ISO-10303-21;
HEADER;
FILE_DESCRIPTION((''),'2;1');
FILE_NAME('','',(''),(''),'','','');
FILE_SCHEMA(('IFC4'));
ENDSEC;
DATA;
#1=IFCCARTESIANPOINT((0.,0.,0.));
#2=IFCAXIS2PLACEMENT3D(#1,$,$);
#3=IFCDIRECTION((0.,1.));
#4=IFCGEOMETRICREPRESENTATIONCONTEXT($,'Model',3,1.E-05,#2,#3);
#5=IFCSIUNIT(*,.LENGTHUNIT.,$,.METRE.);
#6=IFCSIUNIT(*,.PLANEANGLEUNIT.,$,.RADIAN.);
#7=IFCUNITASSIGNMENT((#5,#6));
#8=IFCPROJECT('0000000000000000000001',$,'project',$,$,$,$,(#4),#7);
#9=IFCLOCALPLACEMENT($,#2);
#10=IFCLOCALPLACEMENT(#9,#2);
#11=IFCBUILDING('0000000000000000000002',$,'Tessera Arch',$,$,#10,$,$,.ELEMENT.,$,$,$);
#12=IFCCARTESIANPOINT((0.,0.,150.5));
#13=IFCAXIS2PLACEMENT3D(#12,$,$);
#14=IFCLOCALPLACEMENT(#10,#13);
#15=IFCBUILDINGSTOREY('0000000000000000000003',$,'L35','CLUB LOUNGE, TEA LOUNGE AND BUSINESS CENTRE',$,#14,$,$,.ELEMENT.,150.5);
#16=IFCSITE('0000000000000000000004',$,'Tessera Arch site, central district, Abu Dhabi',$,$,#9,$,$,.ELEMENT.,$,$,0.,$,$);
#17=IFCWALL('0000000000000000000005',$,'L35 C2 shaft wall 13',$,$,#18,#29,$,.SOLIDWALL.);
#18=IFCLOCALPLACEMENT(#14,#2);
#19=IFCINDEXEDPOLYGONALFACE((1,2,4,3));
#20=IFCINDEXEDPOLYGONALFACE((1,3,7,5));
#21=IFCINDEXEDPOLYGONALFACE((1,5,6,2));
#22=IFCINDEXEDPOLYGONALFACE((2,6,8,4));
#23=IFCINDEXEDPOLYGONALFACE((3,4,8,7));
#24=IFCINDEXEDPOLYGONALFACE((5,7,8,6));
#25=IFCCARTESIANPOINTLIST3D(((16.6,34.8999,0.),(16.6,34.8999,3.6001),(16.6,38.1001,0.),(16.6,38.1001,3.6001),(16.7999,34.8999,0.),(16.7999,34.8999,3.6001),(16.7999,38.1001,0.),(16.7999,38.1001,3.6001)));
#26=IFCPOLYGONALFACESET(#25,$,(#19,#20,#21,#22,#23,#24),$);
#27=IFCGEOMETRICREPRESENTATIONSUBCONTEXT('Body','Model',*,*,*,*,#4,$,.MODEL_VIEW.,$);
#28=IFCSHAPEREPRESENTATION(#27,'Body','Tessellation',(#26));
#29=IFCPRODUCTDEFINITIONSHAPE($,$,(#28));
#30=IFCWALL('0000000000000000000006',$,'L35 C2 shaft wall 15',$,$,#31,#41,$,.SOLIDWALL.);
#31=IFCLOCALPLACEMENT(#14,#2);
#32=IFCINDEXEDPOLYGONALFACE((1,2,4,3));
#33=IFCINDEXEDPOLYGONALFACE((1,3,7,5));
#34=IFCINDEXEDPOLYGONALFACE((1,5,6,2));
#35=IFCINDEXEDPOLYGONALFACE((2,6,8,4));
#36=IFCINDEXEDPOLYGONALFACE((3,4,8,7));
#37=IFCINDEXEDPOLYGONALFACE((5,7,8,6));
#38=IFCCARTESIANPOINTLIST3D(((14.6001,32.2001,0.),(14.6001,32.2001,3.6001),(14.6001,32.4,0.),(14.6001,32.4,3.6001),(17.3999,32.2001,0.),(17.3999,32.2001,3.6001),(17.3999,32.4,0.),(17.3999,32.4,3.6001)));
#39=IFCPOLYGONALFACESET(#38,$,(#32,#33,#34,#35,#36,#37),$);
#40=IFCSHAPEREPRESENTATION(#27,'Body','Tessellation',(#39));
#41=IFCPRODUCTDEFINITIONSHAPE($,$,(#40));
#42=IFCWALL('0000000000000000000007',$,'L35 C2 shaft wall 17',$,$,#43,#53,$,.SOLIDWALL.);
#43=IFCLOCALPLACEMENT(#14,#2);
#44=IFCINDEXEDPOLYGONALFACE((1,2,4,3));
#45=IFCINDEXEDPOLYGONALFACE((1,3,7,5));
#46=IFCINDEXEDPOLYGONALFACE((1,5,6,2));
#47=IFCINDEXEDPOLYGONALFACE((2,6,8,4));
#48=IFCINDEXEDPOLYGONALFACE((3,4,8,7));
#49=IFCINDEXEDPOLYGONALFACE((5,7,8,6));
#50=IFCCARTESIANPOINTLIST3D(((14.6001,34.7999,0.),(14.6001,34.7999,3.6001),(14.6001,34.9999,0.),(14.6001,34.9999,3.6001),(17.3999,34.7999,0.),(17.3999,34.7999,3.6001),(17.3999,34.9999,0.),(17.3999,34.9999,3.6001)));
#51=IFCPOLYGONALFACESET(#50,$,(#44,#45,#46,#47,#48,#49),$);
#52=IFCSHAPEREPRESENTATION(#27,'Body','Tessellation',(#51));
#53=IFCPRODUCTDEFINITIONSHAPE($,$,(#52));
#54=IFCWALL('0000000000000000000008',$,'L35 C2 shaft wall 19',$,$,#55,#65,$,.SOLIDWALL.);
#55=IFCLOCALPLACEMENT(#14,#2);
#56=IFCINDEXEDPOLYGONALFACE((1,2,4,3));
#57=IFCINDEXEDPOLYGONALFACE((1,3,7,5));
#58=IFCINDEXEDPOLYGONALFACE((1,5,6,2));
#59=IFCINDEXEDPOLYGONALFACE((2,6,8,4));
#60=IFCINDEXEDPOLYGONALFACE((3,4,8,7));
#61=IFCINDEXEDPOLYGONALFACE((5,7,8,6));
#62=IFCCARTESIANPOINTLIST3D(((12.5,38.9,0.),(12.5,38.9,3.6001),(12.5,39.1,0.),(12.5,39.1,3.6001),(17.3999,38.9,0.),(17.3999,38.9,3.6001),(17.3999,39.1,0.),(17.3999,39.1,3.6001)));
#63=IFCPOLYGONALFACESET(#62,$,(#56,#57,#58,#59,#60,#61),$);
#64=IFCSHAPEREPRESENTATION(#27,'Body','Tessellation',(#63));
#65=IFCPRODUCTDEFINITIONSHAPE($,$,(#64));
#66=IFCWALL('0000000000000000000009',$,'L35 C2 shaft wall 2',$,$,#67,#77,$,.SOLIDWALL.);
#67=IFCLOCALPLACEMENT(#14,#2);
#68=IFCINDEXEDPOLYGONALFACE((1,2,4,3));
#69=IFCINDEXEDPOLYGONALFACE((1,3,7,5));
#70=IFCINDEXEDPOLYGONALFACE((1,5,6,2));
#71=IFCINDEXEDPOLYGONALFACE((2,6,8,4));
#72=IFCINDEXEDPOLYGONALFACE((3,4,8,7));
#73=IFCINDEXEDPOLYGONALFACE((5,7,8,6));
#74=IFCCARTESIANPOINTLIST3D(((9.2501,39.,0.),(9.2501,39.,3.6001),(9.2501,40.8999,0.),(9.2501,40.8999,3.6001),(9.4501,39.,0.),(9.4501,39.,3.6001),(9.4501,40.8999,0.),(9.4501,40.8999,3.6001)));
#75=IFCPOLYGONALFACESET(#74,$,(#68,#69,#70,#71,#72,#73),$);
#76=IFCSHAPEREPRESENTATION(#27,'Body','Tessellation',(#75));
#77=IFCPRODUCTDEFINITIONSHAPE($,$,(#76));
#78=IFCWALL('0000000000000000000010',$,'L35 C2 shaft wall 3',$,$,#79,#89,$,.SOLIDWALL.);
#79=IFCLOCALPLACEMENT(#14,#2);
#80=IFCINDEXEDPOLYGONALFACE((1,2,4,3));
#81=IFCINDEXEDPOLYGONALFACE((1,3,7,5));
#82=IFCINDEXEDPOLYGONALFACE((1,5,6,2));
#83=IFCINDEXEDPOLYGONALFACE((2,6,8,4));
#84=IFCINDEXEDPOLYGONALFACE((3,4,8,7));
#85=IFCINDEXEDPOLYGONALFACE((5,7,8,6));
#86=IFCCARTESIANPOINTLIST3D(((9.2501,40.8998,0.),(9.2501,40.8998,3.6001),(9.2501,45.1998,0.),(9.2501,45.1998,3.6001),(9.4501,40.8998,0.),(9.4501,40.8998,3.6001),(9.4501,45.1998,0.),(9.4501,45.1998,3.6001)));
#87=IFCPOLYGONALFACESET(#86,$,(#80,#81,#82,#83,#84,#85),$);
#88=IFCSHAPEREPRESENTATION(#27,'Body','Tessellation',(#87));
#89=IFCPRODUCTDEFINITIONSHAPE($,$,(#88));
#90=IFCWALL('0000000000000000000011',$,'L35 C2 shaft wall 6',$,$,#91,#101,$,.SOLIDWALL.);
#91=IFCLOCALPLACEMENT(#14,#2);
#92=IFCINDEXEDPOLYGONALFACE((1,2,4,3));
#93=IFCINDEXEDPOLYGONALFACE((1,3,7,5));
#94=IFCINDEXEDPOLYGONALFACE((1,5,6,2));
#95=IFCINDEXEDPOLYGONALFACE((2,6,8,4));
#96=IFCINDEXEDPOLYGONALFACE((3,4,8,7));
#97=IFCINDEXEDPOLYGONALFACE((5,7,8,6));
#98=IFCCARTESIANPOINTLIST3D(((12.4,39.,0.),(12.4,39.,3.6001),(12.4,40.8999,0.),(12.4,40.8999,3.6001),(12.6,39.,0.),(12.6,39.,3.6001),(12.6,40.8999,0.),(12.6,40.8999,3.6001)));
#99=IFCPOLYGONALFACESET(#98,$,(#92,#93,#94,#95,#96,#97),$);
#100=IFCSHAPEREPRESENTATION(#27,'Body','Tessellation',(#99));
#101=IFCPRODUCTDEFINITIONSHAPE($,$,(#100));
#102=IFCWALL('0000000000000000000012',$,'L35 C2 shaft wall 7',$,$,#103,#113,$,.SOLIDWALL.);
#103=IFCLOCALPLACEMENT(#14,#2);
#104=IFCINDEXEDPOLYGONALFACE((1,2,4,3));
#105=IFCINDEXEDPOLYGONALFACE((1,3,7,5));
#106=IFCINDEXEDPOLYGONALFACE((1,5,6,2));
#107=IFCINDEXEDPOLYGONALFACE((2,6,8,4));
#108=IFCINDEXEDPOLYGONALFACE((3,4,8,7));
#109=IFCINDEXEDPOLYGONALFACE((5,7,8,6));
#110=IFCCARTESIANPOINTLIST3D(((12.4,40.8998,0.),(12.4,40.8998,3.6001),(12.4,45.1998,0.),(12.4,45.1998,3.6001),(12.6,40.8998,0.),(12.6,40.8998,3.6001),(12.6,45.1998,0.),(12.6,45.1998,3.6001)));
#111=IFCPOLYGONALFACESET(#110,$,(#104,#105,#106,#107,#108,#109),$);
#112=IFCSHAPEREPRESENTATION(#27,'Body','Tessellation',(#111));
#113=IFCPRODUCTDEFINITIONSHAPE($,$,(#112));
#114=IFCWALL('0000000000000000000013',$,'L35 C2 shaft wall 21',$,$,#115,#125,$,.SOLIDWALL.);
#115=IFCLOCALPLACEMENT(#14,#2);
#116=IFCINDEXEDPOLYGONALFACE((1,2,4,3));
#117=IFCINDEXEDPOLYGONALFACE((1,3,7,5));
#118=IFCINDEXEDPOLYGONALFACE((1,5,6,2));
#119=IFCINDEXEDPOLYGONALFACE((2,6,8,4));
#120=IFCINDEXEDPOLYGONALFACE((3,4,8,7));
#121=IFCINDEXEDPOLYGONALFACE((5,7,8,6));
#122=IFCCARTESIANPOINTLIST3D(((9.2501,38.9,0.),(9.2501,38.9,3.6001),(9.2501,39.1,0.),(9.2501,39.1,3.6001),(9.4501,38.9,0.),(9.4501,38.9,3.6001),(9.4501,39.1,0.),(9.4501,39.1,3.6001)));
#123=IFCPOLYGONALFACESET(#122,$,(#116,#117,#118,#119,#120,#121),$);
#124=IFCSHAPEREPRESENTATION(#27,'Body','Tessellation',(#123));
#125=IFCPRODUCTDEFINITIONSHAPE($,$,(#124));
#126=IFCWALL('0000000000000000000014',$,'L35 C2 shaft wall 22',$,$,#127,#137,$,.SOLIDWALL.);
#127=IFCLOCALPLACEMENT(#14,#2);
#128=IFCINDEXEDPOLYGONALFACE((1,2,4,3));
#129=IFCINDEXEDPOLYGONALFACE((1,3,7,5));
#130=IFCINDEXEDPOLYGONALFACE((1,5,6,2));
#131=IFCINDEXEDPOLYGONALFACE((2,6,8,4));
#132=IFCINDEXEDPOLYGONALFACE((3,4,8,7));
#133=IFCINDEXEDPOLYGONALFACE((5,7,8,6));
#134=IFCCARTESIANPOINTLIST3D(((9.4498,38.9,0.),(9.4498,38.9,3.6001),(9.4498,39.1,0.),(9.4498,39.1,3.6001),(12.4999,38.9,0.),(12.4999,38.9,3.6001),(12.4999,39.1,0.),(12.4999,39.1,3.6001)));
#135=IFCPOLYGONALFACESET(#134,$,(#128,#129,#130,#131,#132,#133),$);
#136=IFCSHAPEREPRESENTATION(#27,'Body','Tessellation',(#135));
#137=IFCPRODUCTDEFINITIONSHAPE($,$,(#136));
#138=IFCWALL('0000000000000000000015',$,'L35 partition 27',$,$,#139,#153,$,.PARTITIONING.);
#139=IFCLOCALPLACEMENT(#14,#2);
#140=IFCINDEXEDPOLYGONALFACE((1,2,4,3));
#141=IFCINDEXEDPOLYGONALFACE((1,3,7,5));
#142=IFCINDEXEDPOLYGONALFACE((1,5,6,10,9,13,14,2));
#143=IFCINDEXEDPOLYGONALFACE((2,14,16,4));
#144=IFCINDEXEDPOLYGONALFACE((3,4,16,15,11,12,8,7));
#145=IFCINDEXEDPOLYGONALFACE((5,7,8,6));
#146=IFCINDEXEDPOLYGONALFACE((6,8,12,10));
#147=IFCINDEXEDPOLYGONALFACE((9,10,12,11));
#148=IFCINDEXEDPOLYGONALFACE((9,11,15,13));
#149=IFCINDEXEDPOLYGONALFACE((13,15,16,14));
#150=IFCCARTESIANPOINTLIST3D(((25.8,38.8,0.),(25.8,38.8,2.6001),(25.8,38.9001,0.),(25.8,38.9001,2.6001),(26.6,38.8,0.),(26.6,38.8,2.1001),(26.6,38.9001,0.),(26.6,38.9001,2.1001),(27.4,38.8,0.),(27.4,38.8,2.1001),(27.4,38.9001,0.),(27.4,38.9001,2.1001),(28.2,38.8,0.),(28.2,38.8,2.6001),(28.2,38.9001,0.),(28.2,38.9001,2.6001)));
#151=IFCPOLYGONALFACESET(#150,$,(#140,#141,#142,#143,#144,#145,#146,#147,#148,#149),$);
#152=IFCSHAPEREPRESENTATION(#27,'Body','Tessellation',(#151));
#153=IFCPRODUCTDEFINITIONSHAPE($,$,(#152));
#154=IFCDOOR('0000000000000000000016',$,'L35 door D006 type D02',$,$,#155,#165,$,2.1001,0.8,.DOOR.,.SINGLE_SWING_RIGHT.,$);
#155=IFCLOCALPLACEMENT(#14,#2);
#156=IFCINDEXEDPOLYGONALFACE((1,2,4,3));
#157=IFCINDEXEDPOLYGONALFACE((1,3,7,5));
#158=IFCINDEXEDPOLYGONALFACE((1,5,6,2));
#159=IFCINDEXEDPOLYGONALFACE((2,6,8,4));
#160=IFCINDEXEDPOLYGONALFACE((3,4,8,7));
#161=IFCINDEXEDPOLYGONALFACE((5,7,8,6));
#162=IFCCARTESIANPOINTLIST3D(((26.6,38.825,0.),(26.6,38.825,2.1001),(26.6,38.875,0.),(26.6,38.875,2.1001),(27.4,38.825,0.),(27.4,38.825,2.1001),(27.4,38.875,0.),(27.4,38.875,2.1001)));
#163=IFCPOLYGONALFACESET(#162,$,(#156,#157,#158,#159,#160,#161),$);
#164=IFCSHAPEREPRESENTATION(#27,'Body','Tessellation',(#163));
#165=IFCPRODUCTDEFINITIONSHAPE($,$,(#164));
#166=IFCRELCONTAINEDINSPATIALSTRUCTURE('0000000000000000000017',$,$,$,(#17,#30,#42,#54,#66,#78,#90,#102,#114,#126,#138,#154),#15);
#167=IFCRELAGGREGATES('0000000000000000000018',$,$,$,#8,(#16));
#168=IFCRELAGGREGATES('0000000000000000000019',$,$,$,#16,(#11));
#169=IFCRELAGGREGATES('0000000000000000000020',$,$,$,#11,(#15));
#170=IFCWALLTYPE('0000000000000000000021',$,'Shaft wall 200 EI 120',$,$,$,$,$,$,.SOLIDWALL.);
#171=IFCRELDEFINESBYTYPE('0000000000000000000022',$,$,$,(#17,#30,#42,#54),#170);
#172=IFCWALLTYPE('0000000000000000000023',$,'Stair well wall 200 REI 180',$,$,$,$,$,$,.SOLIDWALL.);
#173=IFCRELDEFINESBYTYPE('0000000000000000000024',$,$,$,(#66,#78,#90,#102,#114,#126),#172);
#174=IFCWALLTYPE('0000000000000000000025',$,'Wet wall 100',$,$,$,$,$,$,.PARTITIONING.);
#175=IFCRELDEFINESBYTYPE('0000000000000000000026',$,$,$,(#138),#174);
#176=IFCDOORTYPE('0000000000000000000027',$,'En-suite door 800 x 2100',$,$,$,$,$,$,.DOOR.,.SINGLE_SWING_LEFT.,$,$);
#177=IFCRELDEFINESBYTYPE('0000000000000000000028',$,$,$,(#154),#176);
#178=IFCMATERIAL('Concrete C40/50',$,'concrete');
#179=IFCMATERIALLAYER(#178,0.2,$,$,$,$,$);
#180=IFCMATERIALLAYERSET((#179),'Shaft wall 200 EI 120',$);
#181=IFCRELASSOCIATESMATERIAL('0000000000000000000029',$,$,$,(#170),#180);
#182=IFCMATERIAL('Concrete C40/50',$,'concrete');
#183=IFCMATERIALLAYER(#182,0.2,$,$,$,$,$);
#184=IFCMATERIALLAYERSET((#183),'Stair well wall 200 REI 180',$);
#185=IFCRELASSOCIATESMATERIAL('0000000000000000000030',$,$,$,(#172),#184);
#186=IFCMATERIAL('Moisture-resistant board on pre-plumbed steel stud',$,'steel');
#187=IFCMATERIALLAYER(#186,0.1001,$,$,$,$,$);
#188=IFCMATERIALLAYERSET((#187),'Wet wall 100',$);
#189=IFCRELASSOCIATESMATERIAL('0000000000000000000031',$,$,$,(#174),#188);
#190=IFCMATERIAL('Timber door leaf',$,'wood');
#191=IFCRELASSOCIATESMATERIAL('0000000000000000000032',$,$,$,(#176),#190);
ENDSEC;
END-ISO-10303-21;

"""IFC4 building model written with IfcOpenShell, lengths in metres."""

from ifc_helpers import new_model, si_unit, direction, frame, frame_2d, origin, place, context, subcontext, project, spatial, rectangle, extrude, material, layer, layer_set, type_object, element, fill, save


model = new_model("IFC4")

# Units and contexts
model_context = context("Model", 3, precision=1e-05, world=origin(), true_north=direction((0.0, 1.0)))
body_context = subcontext(model_context, "Body", "Model", "MODEL_VIEW")
ifc_project = project(units=[si_unit("LENGTHUNIT", "METRE"), si_unit("PLANEANGLEUNIT", "RADIAN")], contexts=[model_context])

# Site, building, storey
site_placement = place(None, origin())
site = spatial("IfcSite", under=ifc_project, at=site_placement, Name="Tessera Arch site, central district, Abu Dhabi", CompositionType="ELEMENT", RefElevation=0.0)
building_placement = place(site_placement, origin())
building = spatial("IfcBuilding", under=site, at=building_placement, Name="Tessera Arch", CompositionType="ELEMENT")
storey_placement = place(building_placement, frame((0.0, 0.0, 150.5)))
storey = spatial("IfcBuildingStorey", under=building, at=storey_placement, Name="L35", Description="CLUB LOUNGE, TEA LOUNGE AND BUSINESS CENTRE", CompositionType="ELEMENT", Elevation=150.5)

# Walls
ifc_material_1 = material(Name="Concrete C40/50", Category="concrete")
ifc_layer_1 = layer(ifc_material_1, 0.2)
ifc_layer_set_1 = layer_set([ifc_layer_1], Name="Shaft wall 200 EI 120")
wall_type_1 = type_object("IfcWallType", Name="Shaft wall 200 EI 120", PredefinedType="SOLIDWALL", material=ifc_layer_set_1)
for number, where, z_axis, x_axis, name in (
    (1, (16.7, 34.8999, 0.0), (0.0, 0.0, 1.0), (0.0, 1.0, 0.0), "L35 C2 shaft wall 13"),
):
    element("IfcWall", number, at=place(storey_placement, frame(where, z_axis=z_axis, x_axis=x_axis)), inside=storey, type_object=wall_type_1, Name=name, PredefinedType="SOLIDWALL", context=body_context, shape_type="SweptSolid", body=[
        extrude(rectangle(XDim=3.2002, YDim=0.2, at=frame_2d((1.6001, 0.0))), origin(), (0.0, 0.0, 1.0), 3.6001),
    ])
for number, where, z_axis, x_axis, name in (
    (2, (14.6001, 32.3, 0.0), (0.0, 0.0, 1.0), (1.0, 0.0, 0.0), "L35 C2 shaft wall 15"),
    (3, (14.6001, 34.8999, 0.0), (0.0, 0.0, 1.0), (1.0, 0.0, 0.0), "L35 C2 shaft wall 17"),
):
    element("IfcWall", number, at=place(storey_placement, frame(where, z_axis=z_axis, x_axis=x_axis)), inside=storey, type_object=wall_type_1, Name=name, PredefinedType="SOLIDWALL", context=body_context, shape_type="SweptSolid", body=[
        extrude(rectangle(XDim=2.7998, YDim=0.2, at=frame_2d((1.3999, 0.0))), origin(), (0.0, 0.0, 1.0), 3.6001),
    ])
wall_1_placement = place(storey_placement, frame((12.5, 39.0, 0.0), z_axis=(0.0, 0.0, 1.0), x_axis=(1.0, 0.0, 0.0)))
element("IfcWall", 4, at=wall_1_placement, inside=storey, type_object=wall_type_1, Name="L35 C2 shaft wall 19", PredefinedType="SOLIDWALL", context=body_context, shape_type="SweptSolid", body=[
    extrude(rectangle(XDim=4.8999, YDim=0.2, at=frame_2d((2.45, 0.0))), origin(), (0.0, 0.0, 1.0), 3.6001),
])
ifc_material_2 = material(Name="Concrete C40/50", Category="concrete")
ifc_layer_2 = layer(ifc_material_2, 0.2)
ifc_layer_set_2 = layer_set([ifc_layer_2], Name="Stair well wall 200 REI 180")
wall_type_2 = type_object("IfcWallType", Name="Stair well wall 200 REI 180", PredefinedType="SOLIDWALL", material=ifc_layer_set_2)
wall_2_placement = place(storey_placement, frame((9.3501, 39.0, 0.0), z_axis=(0.0, 0.0, 1.0), x_axis=(0.0, 1.0, 0.0)))
element("IfcWall", 5, at=wall_2_placement, inside=storey, type_object=wall_type_2, Name="L35 C2 shaft wall 2", PredefinedType="SOLIDWALL", context=body_context, shape_type="SweptSolid", body=[
    extrude(rectangle(XDim=1.8999, YDim=0.2, at=frame_2d((0.95, 0.0))), origin(), (0.0, 0.0, 1.0), 3.6001),
])
wall_3_placement = place(storey_placement, frame((9.3501, 40.8999, 0.0), z_axis=(0.0, 0.0, 1.0), x_axis=(0.0, 1.0, 0.0)))
element("IfcWall", 6, at=wall_3_placement, inside=storey, type_object=wall_type_2, Name="L35 C2 shaft wall 3", PredefinedType="SOLIDWALL", context=body_context, shape_type="SweptSolid", body=[
    extrude(rectangle(XDim=4.3, YDim=0.2, at=frame_2d((2.1499, 0.0))), origin(), (0.0, 0.0, 1.0), 3.6001),
])
wall_4_placement = place(storey_placement, frame((12.5, 39.0, 0.0), z_axis=(0.0, 0.0, 1.0), x_axis=(0.0, 1.0, 0.0)))
element("IfcWall", 7, at=wall_4_placement, inside=storey, type_object=wall_type_2, Name="L35 C2 shaft wall 6", PredefinedType="SOLIDWALL", context=body_context, shape_type="SweptSolid", body=[
    extrude(rectangle(XDim=1.8999, YDim=0.2, at=frame_2d((0.95, 0.0))), origin(), (0.0, 0.0, 1.0), 3.6001),
])
wall_5_placement = place(storey_placement, frame((12.5, 40.8999, 0.0), z_axis=(0.0, 0.0, 1.0), x_axis=(0.0, 1.0, 0.0)))
element("IfcWall", 8, at=wall_5_placement, inside=storey, type_object=wall_type_2, Name="L35 C2 shaft wall 7", PredefinedType="SOLIDWALL", context=body_context, shape_type="SweptSolid", body=[
    extrude(rectangle(XDim=4.3, YDim=0.2, at=frame_2d((2.1499, 0.0))), origin(), (0.0, 0.0, 1.0), 3.6001),
])
wall_6_placement = place(storey_placement, frame((9.25, 39.0, 0.0), z_axis=(0.0, 0.0, 1.0), x_axis=(1.0, 0.0, 0.0)))
element("IfcWall", 9, at=wall_6_placement, inside=storey, type_object=wall_type_2, Name="L35 C2 shaft wall 21", PredefinedType="SOLIDWALL", context=body_context, shape_type="SweptSolid", body=[
    extrude(rectangle(XDim=0.2, YDim=0.2, at=frame_2d((0.1001, 0.0))), origin(), (0.0, 0.0, 1.0), 3.6001),
])
wall_7_placement = place(storey_placement, frame((9.45, 39.0, 0.0), z_axis=(0.0, 0.0, 1.0), x_axis=(1.0, 0.0, 0.0)))
element("IfcWall", 10, at=wall_7_placement, inside=storey, type_object=wall_type_2, Name="L35 C2 shaft wall 22", PredefinedType="SOLIDWALL", context=body_context, shape_type="SweptSolid", body=[
    extrude(rectangle(XDim=3.05, YDim=0.2, at=frame_2d((1.5249, 0.0))), origin(), (0.0, 0.0, 1.0), 3.6001),
])

# Wall, opening, door
ifc_material_3 = material(Name="Moisture-resistant board on pre-plumbed steel stud", Category="steel")
ifc_layer_3 = layer(ifc_material_3, 0.1001)
ifc_layer_set_3 = layer_set([ifc_layer_3], Name="Wet wall 100")
wall_type_3 = type_object("IfcWallType", Name="Wet wall 100", PredefinedType="PARTITIONING", material=ifc_layer_set_3)
wall_8_placement = place(storey_placement, frame((25.8, 38.8501, 0.0), z_axis=(0.0, 0.0, 1.0), x_axis=(1.0, 0.0, 0.0)))
wall_8 = element("IfcWall", 11, at=wall_8_placement, inside=storey, type_object=wall_type_3, Name="L35 partition 27", PredefinedType="PARTITIONING", context=body_context, shape_type="SweptSolid", body=[
    extrude(rectangle(XDim=2.3999, YDim=0.1001, at=frame_2d((1.2, 0.0))), origin(), (0.0, 0.0, 1.0), 2.6001),
])
opening_1_placement = place(wall_8_placement, frame((0.8, 0.0, 0.0)))
opening_1 = element("IfcOpeningElement", 12, at=opening_1_placement, cuts=wall_8, PredefinedType="OPENING", context=body_context, shape_type="SweptSolid", body=[
    extrude(rectangle(XDim=0.8, YDim=2.1001, at=frame_2d((0.3999, 1.05))), frame((0.0, 0.0601, 0.0), z_axis=(0.0, -1.0, 0.0), x_axis=(1.0, 0.0, 0.0)), (0.0, 0.0, 1.0), 0.1201),
])
ifc_material_4 = material(Name="Timber door leaf", Category="wood")
door_type_1 = type_object("IfcDoorType", Name="En-suite door 800 x 2100", OperationType="SINGLE_SWING_LEFT", PredefinedType="DOOR", material=ifc_material_4)
door_1_placement = place(opening_1_placement, origin())
door_1 = element("IfcDoor", 13, at=door_1_placement, inside=storey, type_object=door_type_1, Name="L35 door D006 type D02", OperationType="SINGLE_SWING_RIGHT", OverallHeight=2.1001, OverallWidth=0.8, PredefinedType="DOOR", context=body_context, shape_type="SweptSolid", body=[
    extrude(rectangle(XDim=0.8, YDim=2.1001, at=frame_2d((0.3999, 1.05))), frame((0.0, 0.0249, 0.0), z_axis=(0.0, -1.0, 0.0), x_axis=(1.0, 0.0, 0.0)), (0.0, 0.0, 1.0), 0.05),
])
fill(opening_1, door_1)

save(model, "model.ifc")
